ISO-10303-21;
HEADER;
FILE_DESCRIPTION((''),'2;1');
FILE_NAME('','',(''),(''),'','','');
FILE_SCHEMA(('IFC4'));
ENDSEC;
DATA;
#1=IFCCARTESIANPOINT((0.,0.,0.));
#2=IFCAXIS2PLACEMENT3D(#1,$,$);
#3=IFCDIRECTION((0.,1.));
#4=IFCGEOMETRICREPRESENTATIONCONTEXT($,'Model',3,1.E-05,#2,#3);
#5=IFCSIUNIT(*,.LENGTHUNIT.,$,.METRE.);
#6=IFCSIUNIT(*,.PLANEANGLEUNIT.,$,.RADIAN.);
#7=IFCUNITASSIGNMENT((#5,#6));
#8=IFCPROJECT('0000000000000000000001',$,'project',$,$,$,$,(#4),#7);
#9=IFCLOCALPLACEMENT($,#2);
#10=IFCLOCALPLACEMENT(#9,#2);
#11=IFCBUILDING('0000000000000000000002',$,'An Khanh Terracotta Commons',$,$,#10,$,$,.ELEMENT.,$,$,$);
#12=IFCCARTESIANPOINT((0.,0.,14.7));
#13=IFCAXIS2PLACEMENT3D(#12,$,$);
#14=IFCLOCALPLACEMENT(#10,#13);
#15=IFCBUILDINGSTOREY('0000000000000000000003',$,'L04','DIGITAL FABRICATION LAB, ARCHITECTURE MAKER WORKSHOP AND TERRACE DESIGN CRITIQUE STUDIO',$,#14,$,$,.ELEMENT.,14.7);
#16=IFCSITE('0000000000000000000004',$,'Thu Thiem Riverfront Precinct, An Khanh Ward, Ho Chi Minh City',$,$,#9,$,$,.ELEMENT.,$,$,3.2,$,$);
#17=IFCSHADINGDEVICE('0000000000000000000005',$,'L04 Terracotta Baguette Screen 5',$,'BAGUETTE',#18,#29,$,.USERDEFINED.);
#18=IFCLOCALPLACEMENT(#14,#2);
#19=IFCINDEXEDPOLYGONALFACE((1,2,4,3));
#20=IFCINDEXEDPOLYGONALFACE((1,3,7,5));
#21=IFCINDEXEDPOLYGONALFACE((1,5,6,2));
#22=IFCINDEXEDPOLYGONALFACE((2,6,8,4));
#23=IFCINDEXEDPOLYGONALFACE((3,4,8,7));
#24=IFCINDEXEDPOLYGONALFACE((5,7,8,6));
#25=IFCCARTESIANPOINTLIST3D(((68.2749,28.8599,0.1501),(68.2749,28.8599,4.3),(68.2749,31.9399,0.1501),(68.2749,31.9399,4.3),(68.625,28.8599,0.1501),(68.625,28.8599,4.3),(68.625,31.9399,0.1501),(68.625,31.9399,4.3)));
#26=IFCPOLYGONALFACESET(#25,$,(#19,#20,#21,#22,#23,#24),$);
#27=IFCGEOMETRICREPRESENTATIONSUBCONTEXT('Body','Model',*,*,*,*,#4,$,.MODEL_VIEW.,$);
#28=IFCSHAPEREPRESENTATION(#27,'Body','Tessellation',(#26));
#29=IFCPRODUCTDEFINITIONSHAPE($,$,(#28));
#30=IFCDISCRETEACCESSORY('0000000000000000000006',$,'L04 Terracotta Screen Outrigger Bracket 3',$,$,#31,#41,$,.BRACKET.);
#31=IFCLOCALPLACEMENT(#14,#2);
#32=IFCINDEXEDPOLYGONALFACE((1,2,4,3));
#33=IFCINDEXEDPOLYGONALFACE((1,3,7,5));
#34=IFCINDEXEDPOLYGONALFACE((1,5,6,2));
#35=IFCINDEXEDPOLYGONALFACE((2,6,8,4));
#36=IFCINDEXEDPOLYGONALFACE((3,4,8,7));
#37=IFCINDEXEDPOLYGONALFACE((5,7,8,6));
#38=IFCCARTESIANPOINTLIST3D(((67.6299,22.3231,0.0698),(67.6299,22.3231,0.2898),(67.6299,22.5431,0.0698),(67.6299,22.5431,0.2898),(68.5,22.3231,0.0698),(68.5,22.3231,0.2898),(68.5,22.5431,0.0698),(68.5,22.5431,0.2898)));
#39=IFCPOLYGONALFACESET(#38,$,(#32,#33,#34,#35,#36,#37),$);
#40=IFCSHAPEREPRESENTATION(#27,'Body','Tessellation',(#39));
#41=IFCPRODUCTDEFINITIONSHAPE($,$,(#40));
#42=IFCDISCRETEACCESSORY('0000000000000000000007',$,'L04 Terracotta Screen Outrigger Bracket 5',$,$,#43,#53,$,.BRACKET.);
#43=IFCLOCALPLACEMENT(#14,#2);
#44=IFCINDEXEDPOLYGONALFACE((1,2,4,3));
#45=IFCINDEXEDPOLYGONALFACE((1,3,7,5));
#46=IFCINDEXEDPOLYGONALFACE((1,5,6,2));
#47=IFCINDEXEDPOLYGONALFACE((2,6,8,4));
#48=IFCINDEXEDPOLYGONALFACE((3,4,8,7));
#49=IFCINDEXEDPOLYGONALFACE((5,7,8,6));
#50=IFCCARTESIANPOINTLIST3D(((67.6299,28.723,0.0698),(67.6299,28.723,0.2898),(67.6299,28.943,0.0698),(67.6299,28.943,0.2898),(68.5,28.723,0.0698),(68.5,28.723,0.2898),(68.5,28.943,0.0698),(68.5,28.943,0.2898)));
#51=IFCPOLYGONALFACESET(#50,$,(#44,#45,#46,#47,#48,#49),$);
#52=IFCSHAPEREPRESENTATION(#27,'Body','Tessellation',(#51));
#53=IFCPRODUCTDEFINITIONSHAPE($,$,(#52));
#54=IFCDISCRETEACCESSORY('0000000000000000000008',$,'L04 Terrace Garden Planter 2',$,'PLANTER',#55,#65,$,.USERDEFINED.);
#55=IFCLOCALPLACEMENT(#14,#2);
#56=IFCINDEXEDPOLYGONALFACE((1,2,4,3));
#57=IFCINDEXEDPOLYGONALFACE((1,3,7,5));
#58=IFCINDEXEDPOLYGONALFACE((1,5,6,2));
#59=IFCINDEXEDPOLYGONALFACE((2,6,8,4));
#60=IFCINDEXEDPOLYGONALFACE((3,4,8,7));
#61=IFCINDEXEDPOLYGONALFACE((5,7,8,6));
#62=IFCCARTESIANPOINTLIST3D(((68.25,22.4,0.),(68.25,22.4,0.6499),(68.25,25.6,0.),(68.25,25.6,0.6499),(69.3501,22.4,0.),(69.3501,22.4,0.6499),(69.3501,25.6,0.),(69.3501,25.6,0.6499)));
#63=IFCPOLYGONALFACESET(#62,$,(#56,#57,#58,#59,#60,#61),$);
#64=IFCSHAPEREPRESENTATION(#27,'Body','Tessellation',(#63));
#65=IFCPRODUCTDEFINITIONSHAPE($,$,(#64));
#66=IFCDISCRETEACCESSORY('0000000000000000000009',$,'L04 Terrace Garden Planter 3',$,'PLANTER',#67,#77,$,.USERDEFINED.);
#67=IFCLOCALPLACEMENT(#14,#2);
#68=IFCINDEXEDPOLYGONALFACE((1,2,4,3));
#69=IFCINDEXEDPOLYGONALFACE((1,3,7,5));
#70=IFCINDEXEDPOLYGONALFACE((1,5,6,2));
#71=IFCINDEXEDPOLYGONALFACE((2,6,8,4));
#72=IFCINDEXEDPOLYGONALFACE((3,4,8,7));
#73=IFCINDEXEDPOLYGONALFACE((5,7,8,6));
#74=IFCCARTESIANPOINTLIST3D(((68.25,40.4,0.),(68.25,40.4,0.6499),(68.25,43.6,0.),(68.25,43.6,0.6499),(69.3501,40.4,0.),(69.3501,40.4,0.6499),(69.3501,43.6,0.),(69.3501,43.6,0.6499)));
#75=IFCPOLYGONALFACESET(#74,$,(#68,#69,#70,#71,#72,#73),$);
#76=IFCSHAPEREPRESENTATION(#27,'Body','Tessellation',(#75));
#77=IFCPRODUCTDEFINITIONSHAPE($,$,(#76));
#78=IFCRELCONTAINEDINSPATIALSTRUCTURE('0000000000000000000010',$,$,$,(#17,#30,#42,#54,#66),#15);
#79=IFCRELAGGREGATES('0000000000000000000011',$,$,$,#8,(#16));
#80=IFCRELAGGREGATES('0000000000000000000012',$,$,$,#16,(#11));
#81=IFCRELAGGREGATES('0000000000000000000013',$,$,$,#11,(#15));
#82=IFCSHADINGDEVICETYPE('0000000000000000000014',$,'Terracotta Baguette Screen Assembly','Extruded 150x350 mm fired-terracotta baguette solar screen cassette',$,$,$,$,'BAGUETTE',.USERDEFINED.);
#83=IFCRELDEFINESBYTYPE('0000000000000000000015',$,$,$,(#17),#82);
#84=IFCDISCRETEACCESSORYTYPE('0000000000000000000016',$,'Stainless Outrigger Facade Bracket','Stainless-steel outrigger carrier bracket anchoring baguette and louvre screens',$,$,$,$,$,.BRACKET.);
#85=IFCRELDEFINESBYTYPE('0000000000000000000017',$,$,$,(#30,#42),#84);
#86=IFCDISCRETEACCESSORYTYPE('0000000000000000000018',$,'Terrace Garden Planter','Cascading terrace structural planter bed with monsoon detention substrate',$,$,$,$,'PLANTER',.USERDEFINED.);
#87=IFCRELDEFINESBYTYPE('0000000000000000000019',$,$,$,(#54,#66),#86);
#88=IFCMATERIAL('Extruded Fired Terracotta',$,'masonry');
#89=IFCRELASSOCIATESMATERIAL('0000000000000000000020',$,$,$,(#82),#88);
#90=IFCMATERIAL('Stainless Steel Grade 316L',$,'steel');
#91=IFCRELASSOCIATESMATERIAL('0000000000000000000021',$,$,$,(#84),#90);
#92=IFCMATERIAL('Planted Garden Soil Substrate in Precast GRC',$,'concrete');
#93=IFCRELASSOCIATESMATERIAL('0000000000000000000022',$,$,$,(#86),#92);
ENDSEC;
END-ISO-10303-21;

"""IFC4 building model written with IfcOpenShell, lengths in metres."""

from ifc_helpers import new_model, si_unit, direction, frame, origin, origin_2d, place, context, subcontext, project, spatial, rectangle, extrude, material, type_object, element, save


model = new_model("IFC4")

# Units and contexts
model_context = context("Model", 3, precision=1e-05, world=origin(), true_north=direction((0.0, 1.0)))
body_context = subcontext(model_context, "Body", "Model", "MODEL_VIEW")
ifc_project = project(units=[si_unit("LENGTHUNIT", "METRE"), si_unit("PLANEANGLEUNIT", "RADIAN")], contexts=[model_context])

# Site, building, storey
site_placement = place(None, origin())
site = spatial("IfcSite", under=ifc_project, at=site_placement, Name="Thu Thiem Riverfront Precinct, An Khanh Ward, Ho Chi Minh City", CompositionType="ELEMENT", RefElevation=3.2)
building_placement = place(site_placement, origin())
building = spatial("IfcBuilding", under=site, at=building_placement, Name="An Khanh Terracotta Commons", CompositionType="ELEMENT")
storey_placement = place(building_placement, frame((0.0, 0.0, 14.7)))
storey = spatial("IfcBuildingStorey", under=building, at=storey_placement, Name="L04", Description="DIGITAL FABRICATION LAB, ARCHITECTURE MAKER WORKSHOP AND TERRACE DESIGN CRITIQUE STUDIO", CompositionType="ELEMENT", Elevation=14.7)

# Shading device
ifc_material_1 = material(Name="Extruded Fired Terracotta", Category="masonry")
shading_device_type = type_object("IfcShadingDeviceType", Name="Terracotta Baguette Screen Assembly", Description="Extruded 150x350 mm fired-terracotta baguette solar screen cassette", ElementType="BAGUETTE", PredefinedType="USERDEFINED", material=ifc_material_1)
for number, where, z_axis, x_axis, name in (
    (1, (68.45, 30.3999, 0.1501), (0.0, 0.0, 1.0), (0.0, 1.0, 0.0), "L04 Terracotta Baguette Screen 5"),
):
    element("IfcShadingDevice", number, at=place(storey_placement, frame(where, z_axis=z_axis, x_axis=x_axis)), inside=storey, type_object=shading_device_type, Name=name, ObjectType="BAGUETTE", PredefinedType="USERDEFINED", context=body_context, shape_type="SweptSolid", body=[
        extrude(rectangle(XDim=3.0801, YDim=0.3501, at=origin_2d()), origin(), (0.0, 0.0, 1.0), 4.1499),
    ])

# Discrete accessories
ifc_material_2 = material(Name="Stainless Steel Grade 316L", Category="steel")
discrete_accessory_type_1 = type_object("IfcDiscreteAccessoryType", Name="Stainless Outrigger Facade Bracket", Description="Stainless-steel outrigger carrier bracket anchoring baguette and louvre screens", PredefinedType="BRACKET", material=ifc_material_2)
for number, where, z_axis, x_axis, name in (
    (2, (68.0649, 22.4331, 0.0698), (0.0, 0.0, 1.0), (0.0, 1.0, 0.0), "L04 Terracotta Screen Outrigger Bracket 3"),
    (3, (68.0649, 28.833, 0.0698), (0.0, 0.0, 1.0), (0.0, 1.0, 0.0), "L04 Terracotta Screen Outrigger Bracket 5"),
):
    element("IfcDiscreteAccessory", number, at=place(storey_placement, frame(where, z_axis=z_axis, x_axis=x_axis)), inside=storey, type_object=discrete_accessory_type_1, Name=name, PredefinedType="BRACKET", context=body_context, shape_type="SweptSolid", body=[
        extrude(rectangle(XDim=0.22, YDim=0.8701, at=origin_2d()), origin(), (0.0, 0.0, 1.0), 0.22),
    ])
ifc_material_3 = material(Name="Planted Garden Soil Substrate in Precast GRC", Category="concrete")
discrete_accessory_type_2 = type_object("IfcDiscreteAccessoryType", Name="Terrace Garden Planter", Description="Cascading terrace structural planter bed with monsoon detention substrate", ElementType="PLANTER", PredefinedType="USERDEFINED", material=ifc_material_3)
for number, where, z_axis, x_axis, name in (
    (4, (68.8, 24.0, 0.0), (0.0, 0.0, 1.0), (1.0, 0.0, 0.0), "L04 Terrace Garden Planter 2"),
    (5, (68.8, 42.0, 0.0), (0.0, 0.0, 1.0), (1.0, 0.0, 0.0), "L04 Terrace Garden Planter 3"),
):
    element("IfcDiscreteAccessory", number, at=place(storey_placement, frame(where, z_axis=z_axis, x_axis=x_axis)), inside=storey, type_object=discrete_accessory_type_2, Name=name, ObjectType="PLANTER", PredefinedType="USERDEFINED", context=body_context, shape_type="SweptSolid", body=[
        extrude(rectangle(XDim=1.1001, YDim=3.2, at=origin_2d()), origin(), (0.0, 0.0, 1.0), 0.6499),
    ])

save(model, "model.ifc")
